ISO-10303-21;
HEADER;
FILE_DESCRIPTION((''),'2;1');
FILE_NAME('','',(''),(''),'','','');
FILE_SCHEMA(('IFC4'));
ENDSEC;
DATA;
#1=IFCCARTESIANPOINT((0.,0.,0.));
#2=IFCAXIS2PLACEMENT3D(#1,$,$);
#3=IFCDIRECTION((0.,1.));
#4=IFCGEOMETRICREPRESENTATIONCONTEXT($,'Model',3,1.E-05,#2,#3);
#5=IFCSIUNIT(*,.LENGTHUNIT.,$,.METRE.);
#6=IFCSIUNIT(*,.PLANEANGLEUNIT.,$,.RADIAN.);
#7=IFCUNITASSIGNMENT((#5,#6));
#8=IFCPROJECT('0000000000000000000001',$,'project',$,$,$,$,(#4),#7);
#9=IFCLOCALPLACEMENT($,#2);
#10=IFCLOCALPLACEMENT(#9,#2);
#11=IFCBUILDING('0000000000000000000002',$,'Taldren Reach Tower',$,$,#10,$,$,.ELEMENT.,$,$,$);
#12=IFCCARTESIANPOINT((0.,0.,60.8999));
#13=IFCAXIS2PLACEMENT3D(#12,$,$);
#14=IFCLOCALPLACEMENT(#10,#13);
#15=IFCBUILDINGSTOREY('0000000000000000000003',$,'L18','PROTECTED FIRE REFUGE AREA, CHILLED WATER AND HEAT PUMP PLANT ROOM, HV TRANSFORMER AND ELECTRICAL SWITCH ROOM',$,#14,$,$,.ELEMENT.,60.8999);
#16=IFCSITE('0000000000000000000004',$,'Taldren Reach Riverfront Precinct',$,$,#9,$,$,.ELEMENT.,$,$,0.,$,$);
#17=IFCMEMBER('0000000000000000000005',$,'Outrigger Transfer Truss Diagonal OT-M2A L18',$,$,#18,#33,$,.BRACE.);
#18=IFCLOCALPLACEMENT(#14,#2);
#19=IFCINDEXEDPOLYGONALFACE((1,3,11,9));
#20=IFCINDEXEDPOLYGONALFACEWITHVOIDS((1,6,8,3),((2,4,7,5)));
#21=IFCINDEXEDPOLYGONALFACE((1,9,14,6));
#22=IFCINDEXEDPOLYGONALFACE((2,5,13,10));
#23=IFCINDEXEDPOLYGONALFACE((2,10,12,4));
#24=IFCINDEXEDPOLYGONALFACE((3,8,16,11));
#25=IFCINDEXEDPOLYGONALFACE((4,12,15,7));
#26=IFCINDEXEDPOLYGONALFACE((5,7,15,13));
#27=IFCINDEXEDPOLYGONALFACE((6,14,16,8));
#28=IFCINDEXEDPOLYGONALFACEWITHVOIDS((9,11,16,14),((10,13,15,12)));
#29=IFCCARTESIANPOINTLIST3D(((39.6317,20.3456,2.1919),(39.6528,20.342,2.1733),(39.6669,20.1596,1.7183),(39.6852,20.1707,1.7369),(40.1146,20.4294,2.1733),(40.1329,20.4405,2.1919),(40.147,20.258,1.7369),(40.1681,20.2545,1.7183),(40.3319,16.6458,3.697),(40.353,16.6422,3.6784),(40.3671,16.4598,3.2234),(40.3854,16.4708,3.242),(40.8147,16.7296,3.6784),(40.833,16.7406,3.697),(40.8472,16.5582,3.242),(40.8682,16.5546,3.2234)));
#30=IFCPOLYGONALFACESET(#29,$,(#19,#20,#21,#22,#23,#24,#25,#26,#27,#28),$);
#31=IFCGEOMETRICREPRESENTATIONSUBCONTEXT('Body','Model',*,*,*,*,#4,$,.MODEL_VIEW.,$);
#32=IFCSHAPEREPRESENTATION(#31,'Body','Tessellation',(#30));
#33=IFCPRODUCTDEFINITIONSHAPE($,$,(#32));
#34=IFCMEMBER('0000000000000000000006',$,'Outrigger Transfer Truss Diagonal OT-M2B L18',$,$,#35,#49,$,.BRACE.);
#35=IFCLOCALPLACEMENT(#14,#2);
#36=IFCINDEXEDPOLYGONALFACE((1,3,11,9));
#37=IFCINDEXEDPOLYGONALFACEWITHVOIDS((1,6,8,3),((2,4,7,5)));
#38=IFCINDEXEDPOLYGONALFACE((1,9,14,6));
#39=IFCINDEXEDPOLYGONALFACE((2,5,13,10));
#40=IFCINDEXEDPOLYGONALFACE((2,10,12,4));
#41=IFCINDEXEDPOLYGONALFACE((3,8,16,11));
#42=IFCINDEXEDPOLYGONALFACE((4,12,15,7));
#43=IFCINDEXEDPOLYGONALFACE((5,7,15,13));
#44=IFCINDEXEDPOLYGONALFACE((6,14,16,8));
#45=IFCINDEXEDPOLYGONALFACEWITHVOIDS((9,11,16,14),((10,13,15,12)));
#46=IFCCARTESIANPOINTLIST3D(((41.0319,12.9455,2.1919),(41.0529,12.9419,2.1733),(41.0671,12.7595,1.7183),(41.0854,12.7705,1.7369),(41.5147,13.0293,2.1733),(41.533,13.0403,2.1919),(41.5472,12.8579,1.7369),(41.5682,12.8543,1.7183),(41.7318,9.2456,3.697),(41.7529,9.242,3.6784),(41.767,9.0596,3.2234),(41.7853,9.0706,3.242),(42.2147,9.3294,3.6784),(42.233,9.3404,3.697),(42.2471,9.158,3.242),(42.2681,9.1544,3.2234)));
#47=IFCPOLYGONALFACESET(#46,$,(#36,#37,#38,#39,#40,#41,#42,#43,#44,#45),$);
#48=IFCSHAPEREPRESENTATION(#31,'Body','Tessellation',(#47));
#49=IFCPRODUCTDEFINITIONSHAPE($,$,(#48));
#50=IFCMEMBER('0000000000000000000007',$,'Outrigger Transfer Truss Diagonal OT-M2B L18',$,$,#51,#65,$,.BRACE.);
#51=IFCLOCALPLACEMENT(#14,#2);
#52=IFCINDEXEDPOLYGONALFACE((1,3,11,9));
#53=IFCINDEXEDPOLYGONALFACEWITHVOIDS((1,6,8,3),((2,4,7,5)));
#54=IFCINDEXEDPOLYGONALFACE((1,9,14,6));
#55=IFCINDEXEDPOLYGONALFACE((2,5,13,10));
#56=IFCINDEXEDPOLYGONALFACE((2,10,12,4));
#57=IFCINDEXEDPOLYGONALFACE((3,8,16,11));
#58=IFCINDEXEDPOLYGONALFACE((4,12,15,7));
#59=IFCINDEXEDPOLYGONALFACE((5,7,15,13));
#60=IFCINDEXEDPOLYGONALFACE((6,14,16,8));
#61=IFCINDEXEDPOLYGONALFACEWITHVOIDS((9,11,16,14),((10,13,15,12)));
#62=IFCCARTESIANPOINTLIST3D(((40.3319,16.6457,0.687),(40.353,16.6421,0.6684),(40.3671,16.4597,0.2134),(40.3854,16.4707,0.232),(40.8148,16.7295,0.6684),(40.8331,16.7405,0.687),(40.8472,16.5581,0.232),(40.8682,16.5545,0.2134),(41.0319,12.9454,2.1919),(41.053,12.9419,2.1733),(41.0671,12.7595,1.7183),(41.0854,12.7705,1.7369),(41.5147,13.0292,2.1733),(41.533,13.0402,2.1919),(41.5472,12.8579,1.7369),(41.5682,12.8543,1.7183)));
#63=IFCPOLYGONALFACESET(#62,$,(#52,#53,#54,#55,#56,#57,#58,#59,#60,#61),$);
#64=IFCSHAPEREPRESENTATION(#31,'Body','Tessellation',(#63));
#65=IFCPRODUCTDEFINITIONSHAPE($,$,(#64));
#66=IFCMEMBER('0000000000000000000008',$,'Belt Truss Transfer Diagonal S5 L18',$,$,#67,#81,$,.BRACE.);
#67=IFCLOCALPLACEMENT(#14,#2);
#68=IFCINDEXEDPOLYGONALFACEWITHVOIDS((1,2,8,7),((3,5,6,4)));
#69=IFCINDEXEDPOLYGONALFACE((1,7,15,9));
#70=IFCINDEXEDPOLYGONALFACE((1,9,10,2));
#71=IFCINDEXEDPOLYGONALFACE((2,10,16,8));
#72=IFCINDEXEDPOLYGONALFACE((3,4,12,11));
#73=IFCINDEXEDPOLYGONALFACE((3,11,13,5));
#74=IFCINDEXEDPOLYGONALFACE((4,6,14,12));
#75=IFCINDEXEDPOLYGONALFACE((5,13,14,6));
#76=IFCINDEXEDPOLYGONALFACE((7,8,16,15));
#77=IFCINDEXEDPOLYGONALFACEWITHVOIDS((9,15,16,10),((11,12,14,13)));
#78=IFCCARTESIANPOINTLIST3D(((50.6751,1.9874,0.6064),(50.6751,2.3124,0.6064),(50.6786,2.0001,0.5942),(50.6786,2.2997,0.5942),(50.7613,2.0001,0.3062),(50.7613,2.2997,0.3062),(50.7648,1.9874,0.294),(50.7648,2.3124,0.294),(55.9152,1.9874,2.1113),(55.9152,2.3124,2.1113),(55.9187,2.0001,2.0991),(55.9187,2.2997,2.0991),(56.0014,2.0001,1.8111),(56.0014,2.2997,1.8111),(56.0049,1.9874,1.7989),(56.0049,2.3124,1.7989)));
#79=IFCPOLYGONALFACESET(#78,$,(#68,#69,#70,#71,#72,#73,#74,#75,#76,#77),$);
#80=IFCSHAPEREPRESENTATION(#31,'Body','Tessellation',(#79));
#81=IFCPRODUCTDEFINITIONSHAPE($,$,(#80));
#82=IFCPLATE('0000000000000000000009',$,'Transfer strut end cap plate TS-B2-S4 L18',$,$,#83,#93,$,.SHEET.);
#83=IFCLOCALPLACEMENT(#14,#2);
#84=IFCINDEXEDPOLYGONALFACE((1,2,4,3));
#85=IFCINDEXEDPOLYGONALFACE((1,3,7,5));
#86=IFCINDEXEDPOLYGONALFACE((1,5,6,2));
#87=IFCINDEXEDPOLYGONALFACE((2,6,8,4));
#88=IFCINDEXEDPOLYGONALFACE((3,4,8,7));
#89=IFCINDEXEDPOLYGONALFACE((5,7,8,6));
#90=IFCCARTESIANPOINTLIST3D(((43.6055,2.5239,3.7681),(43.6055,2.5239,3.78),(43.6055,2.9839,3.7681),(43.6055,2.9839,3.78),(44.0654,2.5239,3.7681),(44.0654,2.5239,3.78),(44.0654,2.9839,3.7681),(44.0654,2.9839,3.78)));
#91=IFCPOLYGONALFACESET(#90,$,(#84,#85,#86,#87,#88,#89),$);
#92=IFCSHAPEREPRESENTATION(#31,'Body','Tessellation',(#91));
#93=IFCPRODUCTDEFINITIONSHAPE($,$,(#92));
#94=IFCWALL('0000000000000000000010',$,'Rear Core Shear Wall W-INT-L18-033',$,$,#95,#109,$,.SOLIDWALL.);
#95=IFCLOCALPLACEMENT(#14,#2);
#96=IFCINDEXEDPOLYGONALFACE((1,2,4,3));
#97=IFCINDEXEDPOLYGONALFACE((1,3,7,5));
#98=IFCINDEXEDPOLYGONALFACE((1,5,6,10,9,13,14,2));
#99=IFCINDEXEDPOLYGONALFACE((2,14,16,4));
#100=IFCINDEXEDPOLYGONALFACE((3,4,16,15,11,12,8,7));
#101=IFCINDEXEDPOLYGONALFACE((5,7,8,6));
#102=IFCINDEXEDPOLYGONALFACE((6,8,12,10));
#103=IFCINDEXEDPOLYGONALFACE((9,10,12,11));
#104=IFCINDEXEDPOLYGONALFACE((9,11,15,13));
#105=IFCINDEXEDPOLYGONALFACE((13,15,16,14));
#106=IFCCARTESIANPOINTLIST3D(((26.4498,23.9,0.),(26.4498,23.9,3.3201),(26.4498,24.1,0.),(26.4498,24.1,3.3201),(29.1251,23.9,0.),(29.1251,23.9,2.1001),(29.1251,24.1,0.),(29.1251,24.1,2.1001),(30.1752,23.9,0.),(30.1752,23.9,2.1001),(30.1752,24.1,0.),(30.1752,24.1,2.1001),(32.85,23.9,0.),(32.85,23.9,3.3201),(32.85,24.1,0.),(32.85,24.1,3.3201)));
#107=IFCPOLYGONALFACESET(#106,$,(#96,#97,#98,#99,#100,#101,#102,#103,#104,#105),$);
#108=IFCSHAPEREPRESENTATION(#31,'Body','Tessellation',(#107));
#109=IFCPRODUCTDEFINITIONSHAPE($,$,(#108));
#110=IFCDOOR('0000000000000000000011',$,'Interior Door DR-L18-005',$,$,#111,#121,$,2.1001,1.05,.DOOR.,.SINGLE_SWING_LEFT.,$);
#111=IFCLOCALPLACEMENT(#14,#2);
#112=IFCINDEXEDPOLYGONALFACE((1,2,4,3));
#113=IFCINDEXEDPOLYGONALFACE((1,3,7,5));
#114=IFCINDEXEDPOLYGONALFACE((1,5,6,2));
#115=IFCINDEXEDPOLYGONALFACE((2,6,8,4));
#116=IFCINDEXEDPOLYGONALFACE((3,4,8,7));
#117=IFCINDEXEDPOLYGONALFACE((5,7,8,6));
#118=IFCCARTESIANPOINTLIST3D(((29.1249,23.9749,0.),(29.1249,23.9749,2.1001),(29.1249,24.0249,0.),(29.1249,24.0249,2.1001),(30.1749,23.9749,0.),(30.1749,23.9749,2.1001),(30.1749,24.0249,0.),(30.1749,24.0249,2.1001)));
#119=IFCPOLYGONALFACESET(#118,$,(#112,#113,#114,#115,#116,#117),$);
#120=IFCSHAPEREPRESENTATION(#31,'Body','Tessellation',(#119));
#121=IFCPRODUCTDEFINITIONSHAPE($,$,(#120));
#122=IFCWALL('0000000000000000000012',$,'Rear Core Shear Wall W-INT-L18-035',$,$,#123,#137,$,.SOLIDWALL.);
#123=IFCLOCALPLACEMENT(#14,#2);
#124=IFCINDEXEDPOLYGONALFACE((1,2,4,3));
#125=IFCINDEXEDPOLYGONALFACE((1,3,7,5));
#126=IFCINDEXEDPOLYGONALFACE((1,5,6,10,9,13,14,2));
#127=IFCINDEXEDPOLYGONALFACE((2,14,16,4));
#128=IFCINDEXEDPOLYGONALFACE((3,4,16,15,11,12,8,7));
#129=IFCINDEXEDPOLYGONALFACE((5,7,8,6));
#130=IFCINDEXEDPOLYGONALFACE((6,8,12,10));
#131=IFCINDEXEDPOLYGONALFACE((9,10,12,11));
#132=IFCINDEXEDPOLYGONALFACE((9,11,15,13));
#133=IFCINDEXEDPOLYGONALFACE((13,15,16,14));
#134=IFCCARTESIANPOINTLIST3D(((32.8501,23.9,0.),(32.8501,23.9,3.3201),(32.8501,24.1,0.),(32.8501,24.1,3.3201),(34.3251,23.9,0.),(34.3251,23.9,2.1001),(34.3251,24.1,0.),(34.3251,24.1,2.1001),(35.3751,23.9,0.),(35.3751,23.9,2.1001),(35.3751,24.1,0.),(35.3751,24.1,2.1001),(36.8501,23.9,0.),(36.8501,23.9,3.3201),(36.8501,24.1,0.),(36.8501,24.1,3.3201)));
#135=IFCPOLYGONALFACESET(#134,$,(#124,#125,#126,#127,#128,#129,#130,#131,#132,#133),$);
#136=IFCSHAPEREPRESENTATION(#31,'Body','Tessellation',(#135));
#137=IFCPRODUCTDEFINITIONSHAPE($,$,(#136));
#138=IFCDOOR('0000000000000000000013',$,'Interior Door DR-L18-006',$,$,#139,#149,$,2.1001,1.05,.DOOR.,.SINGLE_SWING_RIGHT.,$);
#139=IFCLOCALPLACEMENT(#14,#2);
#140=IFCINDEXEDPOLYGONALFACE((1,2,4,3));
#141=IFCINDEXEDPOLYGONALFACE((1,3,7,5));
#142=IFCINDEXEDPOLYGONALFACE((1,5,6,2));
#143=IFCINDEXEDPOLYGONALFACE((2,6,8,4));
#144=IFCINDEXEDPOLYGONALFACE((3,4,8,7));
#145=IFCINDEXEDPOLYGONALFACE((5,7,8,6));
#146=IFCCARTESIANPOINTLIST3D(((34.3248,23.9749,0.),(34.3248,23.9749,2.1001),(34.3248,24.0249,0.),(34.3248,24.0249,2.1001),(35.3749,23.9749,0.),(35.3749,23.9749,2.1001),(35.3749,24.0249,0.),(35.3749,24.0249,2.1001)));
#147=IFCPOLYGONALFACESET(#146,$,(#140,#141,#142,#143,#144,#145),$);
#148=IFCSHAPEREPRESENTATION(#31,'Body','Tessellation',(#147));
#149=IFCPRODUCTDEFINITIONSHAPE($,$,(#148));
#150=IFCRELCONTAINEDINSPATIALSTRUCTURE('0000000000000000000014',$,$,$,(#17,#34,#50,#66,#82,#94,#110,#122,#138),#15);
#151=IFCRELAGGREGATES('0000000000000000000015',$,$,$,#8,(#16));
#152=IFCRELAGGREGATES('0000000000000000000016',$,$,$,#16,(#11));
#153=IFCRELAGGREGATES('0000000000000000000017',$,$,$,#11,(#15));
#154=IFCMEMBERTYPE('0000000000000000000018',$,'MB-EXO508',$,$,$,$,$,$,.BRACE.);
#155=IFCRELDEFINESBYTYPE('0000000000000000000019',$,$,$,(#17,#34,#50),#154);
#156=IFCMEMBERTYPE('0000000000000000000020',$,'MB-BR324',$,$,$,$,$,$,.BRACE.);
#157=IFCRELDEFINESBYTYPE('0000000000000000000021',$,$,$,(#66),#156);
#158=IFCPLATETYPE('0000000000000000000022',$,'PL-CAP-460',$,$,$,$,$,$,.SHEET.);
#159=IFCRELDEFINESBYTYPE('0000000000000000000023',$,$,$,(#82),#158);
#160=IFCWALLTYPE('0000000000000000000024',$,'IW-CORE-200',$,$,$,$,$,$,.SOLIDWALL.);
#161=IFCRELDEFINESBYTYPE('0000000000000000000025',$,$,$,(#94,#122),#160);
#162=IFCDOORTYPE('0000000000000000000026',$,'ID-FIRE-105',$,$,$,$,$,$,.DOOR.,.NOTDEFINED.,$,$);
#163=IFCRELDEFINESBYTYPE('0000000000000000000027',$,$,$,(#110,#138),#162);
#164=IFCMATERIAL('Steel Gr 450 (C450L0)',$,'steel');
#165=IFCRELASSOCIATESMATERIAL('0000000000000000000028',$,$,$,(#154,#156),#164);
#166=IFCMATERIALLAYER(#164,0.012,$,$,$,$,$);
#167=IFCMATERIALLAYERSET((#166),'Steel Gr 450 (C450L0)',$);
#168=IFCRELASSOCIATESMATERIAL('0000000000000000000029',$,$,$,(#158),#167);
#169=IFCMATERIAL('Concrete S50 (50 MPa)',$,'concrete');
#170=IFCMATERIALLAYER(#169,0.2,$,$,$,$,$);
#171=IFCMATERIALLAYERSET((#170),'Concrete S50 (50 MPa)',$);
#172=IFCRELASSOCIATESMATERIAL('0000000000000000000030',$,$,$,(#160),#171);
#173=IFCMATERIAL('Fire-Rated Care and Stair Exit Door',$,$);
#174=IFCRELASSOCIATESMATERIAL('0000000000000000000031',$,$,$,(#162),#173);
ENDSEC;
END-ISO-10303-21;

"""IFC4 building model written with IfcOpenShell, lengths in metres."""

from ifc_helpers import new_model, si_unit, direction, frame, frame_2d, origin, origin_2d, place, context, subcontext, project, spatial, rectangle, hollow_rectangle, extrude, source, transform, mapped, material, layer, layer_set, material_profile, profile_set, type_object, element, fill, save


model = new_model("IFC4")

# Units and contexts
model_context = context("Model", 3, precision=1e-05, world=origin(), true_north=direction((0.0, 1.0)))
body_context = subcontext(model_context, "Body", "Model", "MODEL_VIEW")
ifc_project = project(units=[si_unit("LENGTHUNIT", "METRE"), si_unit("PLANEANGLEUNIT", "RADIAN")], contexts=[model_context])

# Site, building, storey
site_placement = place(None, origin())
site = spatial("IfcSite", under=ifc_project, at=site_placement, Name="Taldren Reach Riverfront Precinct", CompositionType="ELEMENT", RefElevation=0.0)
building_placement = place(site_placement, origin())
building = spatial("IfcBuilding", under=site, at=building_placement, Name="Taldren Reach Tower", CompositionType="ELEMENT")
storey_placement = place(building_placement, frame((0.0, 0.0, 60.8999)))
storey = spatial("IfcBuildingStorey", under=building, at=storey_placement, Name="L18", Description="PROTECTED FIRE REFUGE AREA, CHILLED WATER AND HEAT PUMP PLANT ROOM, HV TRANSFORMER AND ELECTRICAL SWITCH ROOM", CompositionType="ELEMENT", Elevation=60.8999)

# Shared definitions
ifc_material_1 = material(Name="Steel Gr 450 (C450L0)", Category="steel")

# Members
ifc_material_profile_1 = material_profile(ifc_material_1, hollow_rectangle(XDim=0.51, YDim=0.51, WallThickness=0.02, at=origin_2d()), Name="510x510x20.0SHS")
ifc_profile_set_1 = profile_set([ifc_material_profile_1], Name="Steel Gr 450 (C450L0)")
member_type_1 = type_object("IfcMemberType", Name="MB-EXO508", PredefinedType="BRACE", material=ifc_profile_set_1)
shared_shape_1 = source(origin(), body_context, "Body", "SweptSolid", [
    extrude(hollow_rectangle(XDim=0.51, YDim=0.51, WallThickness=0.02, at=origin_2d()), origin(), (0.0, 0.0, 1.0), 4.0552),
])
for number, where, z_axis, x_axis, name in (
    (1, (39.8999, 20.3, 1.9551), (0.172663, -0.912378, 0.371152), (0.98256, 0.185944, 0.0), "Outrigger Transfer Truss Diagonal OT-M2A L18"),
    (2, (41.3, 12.8999, 1.9551), (0.172604, -0.912388, 0.371156), (0.982572, 0.185882, 0.0), "Outrigger Transfer Truss Diagonal OT-M2B L18"),
):
    element("IfcMember", number, at=place(storey_placement, frame(where, z_axis=z_axis, x_axis=x_axis)), inside=storey, type_object=member_type_1, Name=name, PredefinedType="BRACE", context=body_context, shape_type="MappedRepresentation", body=[
        mapped(shared_shape_1, transform((0.0, 0.0, 0.0), scale=1.0)),
    ])
shared_shape_2 = source(origin(), body_context, "Body", "SweptSolid", [
    extrude(hollow_rectangle(XDim=0.51, YDim=0.51, WallThickness=0.02, at=origin_2d()), origin(), (0.0, 0.0, 1.0), 4.0554),
])
member_1_placement = place(storey_placement, frame((40.6001, 16.6001, 0.4502), z_axis=(0.172598, -0.912418, 0.371084), x_axis=(0.982574, 0.18587, 0.0)))
element("IfcMember", 3, at=member_1_placement, inside=storey, type_object=member_type_1, Name="Outrigger Transfer Truss Diagonal OT-M2B L18", PredefinedType="BRACE", context=body_context, shape_type="MappedRepresentation", body=[
    mapped(shared_shape_2, transform((0.0, 0.0, 0.0), scale=1.0)),
])
ifc_material_profile_2 = material_profile(ifc_material_1, hollow_rectangle(XDim=0.325, YDim=0.325, WallThickness=0.0127, at=origin_2d()), Name="325x325x12.7SHS")
ifc_profile_set_2 = profile_set([ifc_material_profile_2], Name="Steel Gr 450 (C450L0)")
member_type_2 = type_object("IfcMemberType", Name="MB-BR324", PredefinedType="BRACE", material=ifc_profile_set_2)
shared_shape_3 = source(origin(), body_context, "Body", "SweptSolid", [
    extrude(hollow_rectangle(XDim=0.325, YDim=0.325, WallThickness=0.0127, at=origin_2d()), origin(), (0.0, 0.0, 1.0), 5.4519),
])
member_2_placement = place(storey_placement, frame((50.72, 2.1499, 0.4502), z_axis=(0.961148, 0.0, 0.276034), x_axis=(0.0, 1.0, 0.0)))
element("IfcMember", 4, at=member_2_placement, inside=storey, type_object=member_type_2, Name="Belt Truss Transfer Diagonal S5 L18", PredefinedType="BRACE", context=body_context, shape_type="MappedRepresentation", body=[
    mapped(shared_shape_3, transform((0.0, 0.0, 0.0), scale=1.0)),
])

# Plate
ifc_layer_1 = layer(ifc_material_1, 0.012)
ifc_layer_set_1 = layer_set([ifc_layer_1], Name="Steel Gr 450 (C450L0)")
plate_type = type_object("IfcPlateType", Name="PL-CAP-460", PredefinedType="SHEET", material=ifc_layer_set_1)
shared_shape_4 = source(origin(), body_context, "Body", "SweptSolid", [
    extrude(rectangle(XDim=0.46, YDim=0.46, at=origin_2d()), origin(), (0.0, 0.0, 1.0), 0.012),
])
plate_placement = place(storey_placement, frame((43.8354, 2.7539, 3.7681), z_axis=(0.0, 0.0, 1.0), x_axis=(1.0, 0.0, 0.0)))
element("IfcPlate", 5, at=plate_placement, inside=storey, type_object=plate_type, Name="Transfer strut end cap plate TS-B2-S4 L18", PredefinedType="SHEET", context=body_context, shape_type="MappedRepresentation", body=[
    mapped(shared_shape_4, transform((0.0, 0.0, 0.0), scale=1.0)),
])

# Walls, openings, doors
ifc_material_2 = material(Name="Concrete S50 (50 MPa)", Category="concrete")
ifc_layer_2 = layer(ifc_material_2, 0.2)
ifc_layer_set_2 = layer_set([ifc_layer_2], Name="Concrete S50 (50 MPa)")
wall_type_1 = type_object("IfcWallType", Name="IW-CORE-200", PredefinedType="SOLIDWALL", material=ifc_layer_set_2)
shared_shape_5 = source(origin(), body_context, "Body", "SweptSolid", [
    extrude(rectangle(XDim=6.4001, YDim=0.2, at=frame_2d((3.2002, 0.0))), origin(), (0.0, 0.0, 1.0), 3.3201),
])
wall_1_placement = place(storey_placement, frame((32.8501, 24.0, 0.0), z_axis=(0.0, 0.0, 1.0), x_axis=(-1.0, 0.0, 0.0)))
wall_1 = element("IfcWall", 6, at=wall_1_placement, inside=storey, type_object=wall_type_1, Name="Rear Core Shear Wall W-INT-L18-033", PredefinedType="SOLIDWALL", context=body_context, shape_type="MappedRepresentation", body=[
    mapped(shared_shape_5, transform((0.0, 0.0, 0.0), scale=1.0)),
])
shared_shape_6 = source(origin(), body_context, "Body", "SweptSolid", [
    extrude(rectangle(XDim=1.05, YDim=2.1001, at=frame_2d((0.5249, 1.05))), frame((0.0, 0.1099, 0.0), z_axis=(0.0, -1.0, 0.0), x_axis=(1.0, 0.0, 0.0)), (0.0, 0.0, 1.0), 0.22),
])
opening_1_placement = place(wall_1_placement, frame((2.675, 0.0, 0.0)))
opening_1 = element("IfcOpeningElement", 7, at=opening_1_placement, cuts=wall_1, PredefinedType="OPENING", context=body_context, shape_type="MappedRepresentation", body=[
    mapped(shared_shape_6, transform((0.0, 0.0, 0.0), scale=1.0)),
])
ifc_material_3 = material(Name="Fire-Rated Care and Stair Exit Door")
door_type = type_object("IfcDoorType", Name="ID-FIRE-105", OperationType="NOTDEFINED", PredefinedType="DOOR", material=ifc_material_3)
shared_shape_7 = source(origin(), body_context, "Body", "SweptSolid", [
    extrude(rectangle(XDim=1.05, YDim=2.1001, at=frame_2d((0.5249, 1.05))), frame((0.0, 0.0249, 0.0), z_axis=(0.0, -1.0, 0.0), x_axis=(1.0, 0.0, 0.0)), (0.0, 0.0, 1.0), 0.05),
])
door_1_placement = place(opening_1_placement, frame((1.05, 0.0, 0.0), z_axis=(0.0, 0.0, 1.0), x_axis=(-1.0, 0.0, 0.0)))
door_1 = element("IfcDoor", 8, at=door_1_placement, inside=storey, type_object=door_type, Name="Interior Door DR-L18-005", OperationType="SINGLE_SWING_LEFT", OverallHeight=2.1001, OverallWidth=1.05, PredefinedType="DOOR", context=body_context, shape_type="MappedRepresentation", body=[
    mapped(shared_shape_7, transform((0.0, 0.0, 0.0), scale=1.0)),
])
fill(opening_1, door_1)
shared_shape_8 = source(origin(), body_context, "Body", "SweptSolid", [
    extrude(rectangle(XDim=4.0, YDim=0.2, at=frame_2d((2.0, 0.0))), origin(), (0.0, 0.0, 1.0), 3.3201),
])
wall_2_placement = place(storey_placement, frame((36.8501, 24.0, 0.0), z_axis=(0.0, 0.0, 1.0), x_axis=(-1.0, 0.0, 0.0)))
wall_2 = element("IfcWall", 9, at=wall_2_placement, inside=storey, type_object=wall_type_1, Name="Rear Core Shear Wall W-INT-L18-035", PredefinedType="SOLIDWALL", context=body_context, shape_type="MappedRepresentation", body=[
    mapped(shared_shape_8, transform((0.0, 0.0, 0.0), scale=1.0)),
])
opening_2_placement = place(wall_2_placement, frame((1.4751, 0.0, 0.0)))
opening_2 = element("IfcOpeningElement", 10, at=opening_2_placement, cuts=wall_2, PredefinedType="OPENING", context=body_context, shape_type="MappedRepresentation", body=[
    mapped(shared_shape_6, transform((0.0, 0.0, 0.0), scale=1.0)),
])
door_2_placement = place(opening_2_placement, frame((1.05, 0.0, 0.0), z_axis=(0.0, 0.0, 1.0), x_axis=(-1.0, 0.0, 0.0)))
door_2 = element("IfcDoor", 11, at=door_2_placement, inside=storey, type_object=door_type, Name="Interior Door DR-L18-006", OperationType="SINGLE_SWING_RIGHT", OverallHeight=2.1001, OverallWidth=1.05, PredefinedType="DOOR", context=body_context, shape_type="MappedRepresentation", body=[
    mapped(shared_shape_7, transform((0.0, 0.0, 0.0), scale=1.0)),
])
fill(opening_2, door_2)

save(model, "model.ifc")
